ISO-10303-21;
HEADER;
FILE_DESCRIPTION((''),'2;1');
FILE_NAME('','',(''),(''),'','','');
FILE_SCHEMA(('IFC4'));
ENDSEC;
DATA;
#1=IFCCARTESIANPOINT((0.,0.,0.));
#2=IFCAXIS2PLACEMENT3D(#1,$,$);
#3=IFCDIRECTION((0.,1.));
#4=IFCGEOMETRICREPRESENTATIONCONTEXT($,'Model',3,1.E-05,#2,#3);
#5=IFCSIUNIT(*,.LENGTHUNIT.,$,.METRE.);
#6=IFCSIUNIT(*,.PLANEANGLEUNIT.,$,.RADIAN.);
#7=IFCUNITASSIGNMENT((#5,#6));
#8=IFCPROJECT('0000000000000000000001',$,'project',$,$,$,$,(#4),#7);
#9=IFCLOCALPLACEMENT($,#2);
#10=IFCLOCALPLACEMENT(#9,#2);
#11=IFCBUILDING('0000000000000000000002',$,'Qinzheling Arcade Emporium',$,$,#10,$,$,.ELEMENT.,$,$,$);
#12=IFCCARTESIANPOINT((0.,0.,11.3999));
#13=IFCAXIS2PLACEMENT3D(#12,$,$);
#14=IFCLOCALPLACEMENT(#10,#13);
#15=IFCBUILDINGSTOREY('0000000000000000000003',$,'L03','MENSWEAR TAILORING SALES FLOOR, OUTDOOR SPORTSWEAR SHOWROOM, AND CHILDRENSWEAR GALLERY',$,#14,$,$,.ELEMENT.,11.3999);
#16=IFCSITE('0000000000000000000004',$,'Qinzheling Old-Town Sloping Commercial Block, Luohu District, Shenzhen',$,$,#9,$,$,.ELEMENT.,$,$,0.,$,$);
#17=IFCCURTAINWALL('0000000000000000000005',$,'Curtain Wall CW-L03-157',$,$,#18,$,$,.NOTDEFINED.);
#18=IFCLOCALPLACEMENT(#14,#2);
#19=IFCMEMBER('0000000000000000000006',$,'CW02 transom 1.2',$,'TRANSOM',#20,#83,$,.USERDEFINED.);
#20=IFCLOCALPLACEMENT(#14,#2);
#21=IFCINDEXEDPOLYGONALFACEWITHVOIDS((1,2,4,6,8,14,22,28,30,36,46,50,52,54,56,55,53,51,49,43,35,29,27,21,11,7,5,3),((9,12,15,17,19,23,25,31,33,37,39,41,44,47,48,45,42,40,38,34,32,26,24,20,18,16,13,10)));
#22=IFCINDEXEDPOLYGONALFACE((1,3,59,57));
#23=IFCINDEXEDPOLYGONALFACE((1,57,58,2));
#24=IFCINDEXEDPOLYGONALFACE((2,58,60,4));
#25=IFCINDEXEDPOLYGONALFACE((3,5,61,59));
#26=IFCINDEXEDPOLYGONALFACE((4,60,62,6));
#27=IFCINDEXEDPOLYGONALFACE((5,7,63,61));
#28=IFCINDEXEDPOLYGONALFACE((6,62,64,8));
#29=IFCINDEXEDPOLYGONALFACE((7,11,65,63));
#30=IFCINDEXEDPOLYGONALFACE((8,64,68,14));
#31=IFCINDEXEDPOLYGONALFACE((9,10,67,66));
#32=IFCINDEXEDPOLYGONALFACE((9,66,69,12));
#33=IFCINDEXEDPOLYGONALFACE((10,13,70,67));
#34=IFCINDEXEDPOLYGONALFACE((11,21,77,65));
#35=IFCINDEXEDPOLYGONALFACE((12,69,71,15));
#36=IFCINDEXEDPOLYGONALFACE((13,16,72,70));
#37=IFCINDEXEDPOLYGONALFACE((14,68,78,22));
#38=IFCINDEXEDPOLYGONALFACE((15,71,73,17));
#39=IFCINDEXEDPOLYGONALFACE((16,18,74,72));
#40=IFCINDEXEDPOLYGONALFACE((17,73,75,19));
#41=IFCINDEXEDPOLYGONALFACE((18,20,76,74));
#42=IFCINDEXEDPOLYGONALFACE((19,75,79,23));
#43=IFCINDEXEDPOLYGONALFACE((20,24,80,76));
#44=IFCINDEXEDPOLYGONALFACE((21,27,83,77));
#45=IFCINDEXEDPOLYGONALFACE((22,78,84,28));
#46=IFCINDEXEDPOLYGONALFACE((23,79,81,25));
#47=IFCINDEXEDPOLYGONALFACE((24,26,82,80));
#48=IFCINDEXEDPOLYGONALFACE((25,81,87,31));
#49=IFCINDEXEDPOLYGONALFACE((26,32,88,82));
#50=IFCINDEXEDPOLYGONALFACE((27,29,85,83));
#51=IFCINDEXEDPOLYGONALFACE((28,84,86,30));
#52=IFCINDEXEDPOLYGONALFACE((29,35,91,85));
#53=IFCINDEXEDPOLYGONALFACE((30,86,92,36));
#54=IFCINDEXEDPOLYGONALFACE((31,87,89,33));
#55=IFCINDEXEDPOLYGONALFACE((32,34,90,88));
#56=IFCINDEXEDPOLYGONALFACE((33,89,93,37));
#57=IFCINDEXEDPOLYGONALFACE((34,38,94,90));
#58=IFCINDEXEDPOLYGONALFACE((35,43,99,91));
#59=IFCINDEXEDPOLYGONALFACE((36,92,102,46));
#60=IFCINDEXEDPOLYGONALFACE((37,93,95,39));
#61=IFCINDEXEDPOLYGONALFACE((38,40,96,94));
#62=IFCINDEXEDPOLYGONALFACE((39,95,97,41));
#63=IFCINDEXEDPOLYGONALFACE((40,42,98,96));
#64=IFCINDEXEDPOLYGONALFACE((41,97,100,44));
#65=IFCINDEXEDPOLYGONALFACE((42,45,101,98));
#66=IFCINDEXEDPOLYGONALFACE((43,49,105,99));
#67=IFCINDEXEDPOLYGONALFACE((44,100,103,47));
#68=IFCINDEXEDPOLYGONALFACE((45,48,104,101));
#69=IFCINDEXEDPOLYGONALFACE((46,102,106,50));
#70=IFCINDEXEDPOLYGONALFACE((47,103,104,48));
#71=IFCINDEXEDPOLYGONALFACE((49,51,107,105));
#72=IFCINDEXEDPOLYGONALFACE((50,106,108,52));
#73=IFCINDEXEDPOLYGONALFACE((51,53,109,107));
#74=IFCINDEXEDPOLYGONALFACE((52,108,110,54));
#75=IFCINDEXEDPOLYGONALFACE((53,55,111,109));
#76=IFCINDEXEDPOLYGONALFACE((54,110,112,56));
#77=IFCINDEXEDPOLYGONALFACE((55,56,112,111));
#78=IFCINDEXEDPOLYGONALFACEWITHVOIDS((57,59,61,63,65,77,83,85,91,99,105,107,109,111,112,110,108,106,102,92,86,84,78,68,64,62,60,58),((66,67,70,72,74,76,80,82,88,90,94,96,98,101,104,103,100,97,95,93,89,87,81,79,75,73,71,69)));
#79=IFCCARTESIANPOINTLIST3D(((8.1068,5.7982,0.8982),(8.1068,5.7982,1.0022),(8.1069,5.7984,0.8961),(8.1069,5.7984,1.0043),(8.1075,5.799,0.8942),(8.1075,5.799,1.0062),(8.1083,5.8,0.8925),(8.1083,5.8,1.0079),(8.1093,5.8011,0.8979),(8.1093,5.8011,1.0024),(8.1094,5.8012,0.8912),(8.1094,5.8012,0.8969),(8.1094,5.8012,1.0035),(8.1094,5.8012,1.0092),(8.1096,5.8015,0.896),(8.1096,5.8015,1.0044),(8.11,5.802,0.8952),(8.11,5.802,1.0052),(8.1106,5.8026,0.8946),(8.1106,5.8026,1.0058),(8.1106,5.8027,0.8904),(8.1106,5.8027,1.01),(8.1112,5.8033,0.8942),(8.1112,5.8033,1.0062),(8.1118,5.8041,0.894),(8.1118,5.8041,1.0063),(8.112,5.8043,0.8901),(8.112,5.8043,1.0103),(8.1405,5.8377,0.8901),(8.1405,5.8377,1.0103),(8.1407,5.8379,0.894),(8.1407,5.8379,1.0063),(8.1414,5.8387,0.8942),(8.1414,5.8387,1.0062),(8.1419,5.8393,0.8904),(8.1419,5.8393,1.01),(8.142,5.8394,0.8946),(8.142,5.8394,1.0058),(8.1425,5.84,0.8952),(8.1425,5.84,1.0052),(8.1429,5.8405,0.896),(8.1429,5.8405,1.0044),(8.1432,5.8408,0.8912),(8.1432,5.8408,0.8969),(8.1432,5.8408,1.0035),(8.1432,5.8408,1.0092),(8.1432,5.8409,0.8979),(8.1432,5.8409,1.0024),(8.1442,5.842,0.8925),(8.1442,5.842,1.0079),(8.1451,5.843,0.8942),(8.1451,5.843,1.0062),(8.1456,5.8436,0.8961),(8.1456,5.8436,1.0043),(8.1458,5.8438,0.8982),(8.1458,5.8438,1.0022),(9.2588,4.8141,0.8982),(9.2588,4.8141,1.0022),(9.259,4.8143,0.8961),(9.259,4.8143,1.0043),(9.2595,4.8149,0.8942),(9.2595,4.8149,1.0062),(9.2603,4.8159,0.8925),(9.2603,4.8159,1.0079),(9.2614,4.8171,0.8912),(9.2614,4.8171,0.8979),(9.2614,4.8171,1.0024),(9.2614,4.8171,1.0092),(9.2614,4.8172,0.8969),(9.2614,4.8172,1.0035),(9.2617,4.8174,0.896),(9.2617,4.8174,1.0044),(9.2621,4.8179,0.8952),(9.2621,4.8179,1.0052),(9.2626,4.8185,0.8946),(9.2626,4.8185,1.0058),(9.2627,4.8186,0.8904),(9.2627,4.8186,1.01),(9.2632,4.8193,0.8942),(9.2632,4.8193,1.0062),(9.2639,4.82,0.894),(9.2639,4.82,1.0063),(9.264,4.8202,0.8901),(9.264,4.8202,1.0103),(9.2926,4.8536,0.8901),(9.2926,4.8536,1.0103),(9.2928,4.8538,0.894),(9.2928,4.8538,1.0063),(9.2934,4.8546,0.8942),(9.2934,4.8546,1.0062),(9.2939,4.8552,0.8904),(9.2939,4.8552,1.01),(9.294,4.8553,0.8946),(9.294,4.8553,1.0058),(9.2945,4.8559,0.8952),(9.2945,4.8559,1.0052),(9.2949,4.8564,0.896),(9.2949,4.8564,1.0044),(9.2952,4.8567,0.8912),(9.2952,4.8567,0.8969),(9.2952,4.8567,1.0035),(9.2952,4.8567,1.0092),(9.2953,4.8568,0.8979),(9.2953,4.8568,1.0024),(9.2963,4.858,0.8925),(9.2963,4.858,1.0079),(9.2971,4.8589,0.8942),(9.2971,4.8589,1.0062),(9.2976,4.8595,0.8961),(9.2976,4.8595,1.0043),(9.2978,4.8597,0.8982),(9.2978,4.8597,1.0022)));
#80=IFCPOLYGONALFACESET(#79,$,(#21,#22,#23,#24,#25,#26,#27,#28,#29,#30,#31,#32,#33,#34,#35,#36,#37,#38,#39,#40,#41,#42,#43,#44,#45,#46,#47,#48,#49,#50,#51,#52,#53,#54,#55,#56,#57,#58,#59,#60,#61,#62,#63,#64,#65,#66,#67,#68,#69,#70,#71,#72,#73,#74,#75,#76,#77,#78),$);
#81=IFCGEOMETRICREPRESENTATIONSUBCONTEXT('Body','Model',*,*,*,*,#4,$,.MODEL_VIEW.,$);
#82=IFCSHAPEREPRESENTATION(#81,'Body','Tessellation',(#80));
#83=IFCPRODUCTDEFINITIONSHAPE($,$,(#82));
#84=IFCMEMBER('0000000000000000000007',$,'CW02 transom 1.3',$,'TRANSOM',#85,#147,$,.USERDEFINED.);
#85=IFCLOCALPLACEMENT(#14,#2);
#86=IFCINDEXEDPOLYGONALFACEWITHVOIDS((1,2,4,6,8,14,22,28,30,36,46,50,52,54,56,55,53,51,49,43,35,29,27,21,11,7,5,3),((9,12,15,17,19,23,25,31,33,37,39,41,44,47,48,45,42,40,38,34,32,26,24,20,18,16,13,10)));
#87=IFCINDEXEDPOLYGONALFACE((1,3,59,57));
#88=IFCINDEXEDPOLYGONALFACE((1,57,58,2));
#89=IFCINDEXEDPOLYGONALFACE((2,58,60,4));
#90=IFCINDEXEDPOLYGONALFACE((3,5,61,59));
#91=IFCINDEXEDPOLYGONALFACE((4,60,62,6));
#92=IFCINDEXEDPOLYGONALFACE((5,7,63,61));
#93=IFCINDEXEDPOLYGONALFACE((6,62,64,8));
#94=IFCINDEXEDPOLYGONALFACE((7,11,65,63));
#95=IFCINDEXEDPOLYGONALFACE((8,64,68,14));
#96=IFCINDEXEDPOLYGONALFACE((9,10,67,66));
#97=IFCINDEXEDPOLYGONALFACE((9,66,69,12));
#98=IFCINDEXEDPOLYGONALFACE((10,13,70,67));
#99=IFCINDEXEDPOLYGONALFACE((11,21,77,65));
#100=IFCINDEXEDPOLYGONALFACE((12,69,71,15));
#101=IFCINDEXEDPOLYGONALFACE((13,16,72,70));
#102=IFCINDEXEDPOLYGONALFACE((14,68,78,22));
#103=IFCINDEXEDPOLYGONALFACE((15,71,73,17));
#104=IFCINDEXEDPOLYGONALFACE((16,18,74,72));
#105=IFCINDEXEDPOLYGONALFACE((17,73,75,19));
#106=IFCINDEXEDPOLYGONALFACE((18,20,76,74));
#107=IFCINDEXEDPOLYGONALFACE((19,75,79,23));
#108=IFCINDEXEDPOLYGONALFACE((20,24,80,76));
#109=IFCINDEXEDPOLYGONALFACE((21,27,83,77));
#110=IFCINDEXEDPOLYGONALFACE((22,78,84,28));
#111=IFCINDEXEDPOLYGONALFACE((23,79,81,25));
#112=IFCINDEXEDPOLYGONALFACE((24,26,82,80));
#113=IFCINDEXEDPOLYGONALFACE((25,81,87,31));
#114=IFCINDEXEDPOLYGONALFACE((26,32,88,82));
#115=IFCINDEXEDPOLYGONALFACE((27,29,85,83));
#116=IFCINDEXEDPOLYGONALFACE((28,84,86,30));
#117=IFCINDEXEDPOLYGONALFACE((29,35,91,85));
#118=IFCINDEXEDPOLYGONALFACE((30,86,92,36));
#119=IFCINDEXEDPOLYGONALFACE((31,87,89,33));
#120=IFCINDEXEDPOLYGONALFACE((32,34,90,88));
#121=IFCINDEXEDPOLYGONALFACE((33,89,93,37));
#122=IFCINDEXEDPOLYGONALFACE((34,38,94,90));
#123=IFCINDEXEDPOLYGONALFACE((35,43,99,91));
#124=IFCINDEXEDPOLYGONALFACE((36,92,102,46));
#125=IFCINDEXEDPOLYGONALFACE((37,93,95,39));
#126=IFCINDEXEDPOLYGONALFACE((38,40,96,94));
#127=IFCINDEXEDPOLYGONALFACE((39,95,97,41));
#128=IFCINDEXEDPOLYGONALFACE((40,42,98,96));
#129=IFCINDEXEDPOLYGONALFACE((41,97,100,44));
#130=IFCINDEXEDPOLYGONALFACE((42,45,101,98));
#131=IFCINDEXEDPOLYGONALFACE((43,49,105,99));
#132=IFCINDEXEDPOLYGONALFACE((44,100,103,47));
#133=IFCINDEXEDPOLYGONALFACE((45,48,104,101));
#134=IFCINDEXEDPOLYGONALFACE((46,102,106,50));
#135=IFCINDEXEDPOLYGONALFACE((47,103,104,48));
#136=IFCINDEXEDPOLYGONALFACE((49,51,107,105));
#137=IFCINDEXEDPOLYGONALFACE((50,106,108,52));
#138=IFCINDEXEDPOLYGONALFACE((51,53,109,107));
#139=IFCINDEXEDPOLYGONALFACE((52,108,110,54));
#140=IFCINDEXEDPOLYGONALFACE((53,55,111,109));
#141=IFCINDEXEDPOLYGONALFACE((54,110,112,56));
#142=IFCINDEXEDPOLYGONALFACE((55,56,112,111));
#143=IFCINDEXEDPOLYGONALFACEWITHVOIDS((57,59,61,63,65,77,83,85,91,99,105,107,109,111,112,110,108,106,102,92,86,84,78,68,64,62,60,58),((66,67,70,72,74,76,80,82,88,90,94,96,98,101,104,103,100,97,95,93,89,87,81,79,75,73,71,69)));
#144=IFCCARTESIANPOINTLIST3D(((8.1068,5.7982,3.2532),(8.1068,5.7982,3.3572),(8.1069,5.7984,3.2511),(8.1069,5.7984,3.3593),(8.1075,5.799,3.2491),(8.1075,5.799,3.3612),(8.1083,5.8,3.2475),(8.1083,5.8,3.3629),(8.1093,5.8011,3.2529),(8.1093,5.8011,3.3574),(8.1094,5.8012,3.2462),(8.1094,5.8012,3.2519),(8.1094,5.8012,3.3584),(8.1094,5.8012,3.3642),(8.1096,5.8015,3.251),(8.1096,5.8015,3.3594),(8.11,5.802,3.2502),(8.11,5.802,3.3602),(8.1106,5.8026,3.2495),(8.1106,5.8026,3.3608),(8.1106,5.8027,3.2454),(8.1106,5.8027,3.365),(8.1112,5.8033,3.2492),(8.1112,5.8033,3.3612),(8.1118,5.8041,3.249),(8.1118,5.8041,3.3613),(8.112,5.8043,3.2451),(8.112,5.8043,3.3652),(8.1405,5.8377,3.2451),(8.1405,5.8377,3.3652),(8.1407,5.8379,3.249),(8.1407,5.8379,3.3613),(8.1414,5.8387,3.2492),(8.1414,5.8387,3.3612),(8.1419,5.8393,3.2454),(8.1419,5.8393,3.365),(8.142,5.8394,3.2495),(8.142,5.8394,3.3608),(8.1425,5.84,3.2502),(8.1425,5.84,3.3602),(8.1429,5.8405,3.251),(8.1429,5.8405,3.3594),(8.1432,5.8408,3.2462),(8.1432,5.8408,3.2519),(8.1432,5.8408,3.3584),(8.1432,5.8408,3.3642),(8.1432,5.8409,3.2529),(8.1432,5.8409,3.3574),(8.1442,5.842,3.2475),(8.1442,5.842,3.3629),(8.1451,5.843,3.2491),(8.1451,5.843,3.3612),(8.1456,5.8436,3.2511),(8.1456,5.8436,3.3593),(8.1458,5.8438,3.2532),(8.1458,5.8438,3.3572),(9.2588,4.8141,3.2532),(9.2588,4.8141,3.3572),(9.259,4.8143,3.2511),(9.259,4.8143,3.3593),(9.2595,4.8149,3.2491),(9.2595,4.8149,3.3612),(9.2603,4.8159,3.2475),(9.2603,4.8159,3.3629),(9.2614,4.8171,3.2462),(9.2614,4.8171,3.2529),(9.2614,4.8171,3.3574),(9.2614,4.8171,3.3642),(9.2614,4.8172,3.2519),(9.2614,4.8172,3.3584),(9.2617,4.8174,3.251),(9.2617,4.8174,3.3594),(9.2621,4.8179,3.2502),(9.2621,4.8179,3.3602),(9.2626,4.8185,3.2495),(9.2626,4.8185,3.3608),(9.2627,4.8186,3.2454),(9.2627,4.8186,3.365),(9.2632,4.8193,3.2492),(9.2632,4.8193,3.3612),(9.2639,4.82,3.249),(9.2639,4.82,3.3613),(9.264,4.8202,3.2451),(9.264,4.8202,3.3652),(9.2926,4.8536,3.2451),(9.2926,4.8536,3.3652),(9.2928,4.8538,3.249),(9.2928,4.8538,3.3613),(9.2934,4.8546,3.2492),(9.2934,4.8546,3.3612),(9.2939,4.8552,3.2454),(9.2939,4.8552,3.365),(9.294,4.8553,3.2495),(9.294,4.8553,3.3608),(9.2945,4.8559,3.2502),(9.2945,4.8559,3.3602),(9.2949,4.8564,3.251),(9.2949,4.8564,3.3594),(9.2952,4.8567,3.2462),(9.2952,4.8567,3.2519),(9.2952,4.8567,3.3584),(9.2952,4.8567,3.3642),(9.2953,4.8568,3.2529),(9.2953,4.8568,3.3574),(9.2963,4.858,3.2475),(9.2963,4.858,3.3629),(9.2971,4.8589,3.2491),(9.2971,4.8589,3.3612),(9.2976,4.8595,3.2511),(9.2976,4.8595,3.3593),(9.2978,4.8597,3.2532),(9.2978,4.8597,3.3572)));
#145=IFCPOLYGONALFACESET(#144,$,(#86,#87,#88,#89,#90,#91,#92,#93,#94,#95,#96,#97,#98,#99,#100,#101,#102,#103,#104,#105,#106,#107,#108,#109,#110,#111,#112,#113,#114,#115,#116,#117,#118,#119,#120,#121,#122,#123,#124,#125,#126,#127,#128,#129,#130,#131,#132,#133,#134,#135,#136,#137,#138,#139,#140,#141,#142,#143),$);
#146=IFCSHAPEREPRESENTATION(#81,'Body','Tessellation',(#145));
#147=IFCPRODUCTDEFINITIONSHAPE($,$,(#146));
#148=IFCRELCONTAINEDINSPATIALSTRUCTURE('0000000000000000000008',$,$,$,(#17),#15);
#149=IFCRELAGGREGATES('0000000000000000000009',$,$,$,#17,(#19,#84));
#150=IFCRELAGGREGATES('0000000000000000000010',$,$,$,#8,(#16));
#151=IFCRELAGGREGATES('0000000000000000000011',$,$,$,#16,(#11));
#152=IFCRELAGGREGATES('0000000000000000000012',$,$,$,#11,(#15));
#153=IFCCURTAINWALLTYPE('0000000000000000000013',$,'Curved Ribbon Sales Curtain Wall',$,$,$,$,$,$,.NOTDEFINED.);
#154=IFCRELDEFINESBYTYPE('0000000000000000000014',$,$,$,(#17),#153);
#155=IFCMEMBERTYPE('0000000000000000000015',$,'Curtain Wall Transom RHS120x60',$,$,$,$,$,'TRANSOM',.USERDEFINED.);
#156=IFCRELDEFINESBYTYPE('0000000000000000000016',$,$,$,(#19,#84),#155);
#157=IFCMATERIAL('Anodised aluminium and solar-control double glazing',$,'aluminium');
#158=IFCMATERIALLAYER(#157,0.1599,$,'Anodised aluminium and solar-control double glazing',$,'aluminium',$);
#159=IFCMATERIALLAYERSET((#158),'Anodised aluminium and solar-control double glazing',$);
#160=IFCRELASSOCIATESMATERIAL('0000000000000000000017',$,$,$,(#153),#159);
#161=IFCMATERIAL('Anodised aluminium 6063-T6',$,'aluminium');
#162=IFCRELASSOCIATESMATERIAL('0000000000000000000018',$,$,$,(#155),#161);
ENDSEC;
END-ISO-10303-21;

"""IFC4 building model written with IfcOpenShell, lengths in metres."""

from ifc_helpers import new_model, si_unit, direction, frame, origin, origin_2d, place, context, subcontext, project, spatial, hollow_rectangle, extrude, material, layer, layer_set, material_profile, profile_set, type_object, element, aggregate, save


model = new_model("IFC4")

# Units and contexts
model_context = context("Model", 3, precision=1e-05, world=origin(), true_north=direction((0.0, 1.0)))
body_context = subcontext(model_context, "Body", "Model", "MODEL_VIEW")
ifc_project = project(units=[si_unit("LENGTHUNIT", "METRE"), si_unit("PLANEANGLEUNIT", "RADIAN")], contexts=[model_context])

# Site, building, storey
site_placement = place(None, origin())
site = spatial("IfcSite", under=ifc_project, at=site_placement, Name="Qinzheling Old-Town Sloping Commercial Block, Luohu District, Shenzhen", CompositionType="ELEMENT", RefElevation=0.0)
building_placement = place(site_placement, origin())
building = spatial("IfcBuilding", under=site, at=building_placement, Name="Qinzheling Arcade Emporium", CompositionType="ELEMENT")
storey_placement = place(building_placement, frame((0.0, 0.0, 11.3999)))
storey = spatial("IfcBuildingStorey", under=building, at=storey_placement, Name="L03", Description="MENSWEAR TAILORING SALES FLOOR, OUTDOOR SPORTSWEAR SHOWROOM, AND CHILDRENSWEAR GALLERY", CompositionType="ELEMENT", Elevation=11.3999)

# Curtain wall
ifc_material_1 = material(Name="Anodised aluminium and solar-control double glazing", Category="aluminium")
ifc_layer_1 = layer(ifc_material_1, 0.1599, Name="Anodised aluminium and solar-control double glazing", Category="aluminium")
ifc_layer_set_1 = layer_set([ifc_layer_1], Name="Anodised aluminium and solar-control double glazing")
curtain_wall_type = type_object("IfcCurtainWallType", Name="Curved Ribbon Sales Curtain Wall", PredefinedType="NOTDEFINED", material=ifc_layer_set_1)
ifc_material_2 = material(Name="Anodised aluminium 6063-T6", Category="aluminium")
curtain_wall_1_placement = place(storey_placement, origin())
curtain_wall_1 = element("IfcCurtainWall", 1, at=curtain_wall_1_placement, inside=storey, type_object=curtain_wall_type, Name="Curtain Wall CW-L03-157", PredefinedType="NOTDEFINED")

# Members
ifc_material_profile_1 = material_profile(ifc_material_2, hollow_rectangle(XDim=0.0601, YDim=0.1201, WallThickness=0.0039, InnerFilletRadius=0.0039, OuterFilletRadius=0.0081, at=origin_2d()), Name="RHS 120x60x4", Category="aluminium")
ifc_profile_set_1 = profile_set([ifc_material_profile_1], Name="Anodised aluminium 6063-T6")
member_type_1 = type_object("IfcMemberType", Name="Curtain Wall Transom RHS120x60", ElementType="TRANSOM", PredefinedType="USERDEFINED", material=ifc_profile_set_1)
member_1_placement = place(storey_placement, frame((9.2783, 4.8369, 0.9502), z_axis=(-0.760359, 0.649503, 0.0), x_axis=(-0.649503, -0.760359, 0.0)))
member_1 = element("IfcMember", 2, at=member_1_placement, type_object=member_type_1, Name="CW02 transom 1.2", ObjectType="TRANSOM", PredefinedType="USERDEFINED", context=body_context, shape_type="SweptSolid", body=[
    extrude(hollow_rectangle(XDim=0.0601, YDim=0.1201, WallThickness=0.0039, InnerFilletRadius=0.0039, OuterFilletRadius=0.0081, at=origin_2d()), origin(), (0.0, 0.0, 1.0), 1.5151),
])
member_2_placement = place(storey_placement, frame((9.2783, 4.8369, 3.3052), z_axis=(-0.760359, 0.649503, 0.0), x_axis=(-0.649503, -0.760359, 0.0)))
member_2 = element("IfcMember", 3, at=member_2_placement, type_object=member_type_1, Name="CW02 transom 1.3", ObjectType="TRANSOM", PredefinedType="USERDEFINED", context=body_context, shape_type="SweptSolid", body=[
    extrude(hollow_rectangle(XDim=0.0601, YDim=0.1201, WallThickness=0.0039, InnerFilletRadius=0.0039, OuterFilletRadius=0.0081, at=origin_2d()), origin(), (0.0, 0.0, 1.0), 1.5151),
])

aggregate(curtain_wall_1, [member_1, member_2])

save(model, "model.ifc")
